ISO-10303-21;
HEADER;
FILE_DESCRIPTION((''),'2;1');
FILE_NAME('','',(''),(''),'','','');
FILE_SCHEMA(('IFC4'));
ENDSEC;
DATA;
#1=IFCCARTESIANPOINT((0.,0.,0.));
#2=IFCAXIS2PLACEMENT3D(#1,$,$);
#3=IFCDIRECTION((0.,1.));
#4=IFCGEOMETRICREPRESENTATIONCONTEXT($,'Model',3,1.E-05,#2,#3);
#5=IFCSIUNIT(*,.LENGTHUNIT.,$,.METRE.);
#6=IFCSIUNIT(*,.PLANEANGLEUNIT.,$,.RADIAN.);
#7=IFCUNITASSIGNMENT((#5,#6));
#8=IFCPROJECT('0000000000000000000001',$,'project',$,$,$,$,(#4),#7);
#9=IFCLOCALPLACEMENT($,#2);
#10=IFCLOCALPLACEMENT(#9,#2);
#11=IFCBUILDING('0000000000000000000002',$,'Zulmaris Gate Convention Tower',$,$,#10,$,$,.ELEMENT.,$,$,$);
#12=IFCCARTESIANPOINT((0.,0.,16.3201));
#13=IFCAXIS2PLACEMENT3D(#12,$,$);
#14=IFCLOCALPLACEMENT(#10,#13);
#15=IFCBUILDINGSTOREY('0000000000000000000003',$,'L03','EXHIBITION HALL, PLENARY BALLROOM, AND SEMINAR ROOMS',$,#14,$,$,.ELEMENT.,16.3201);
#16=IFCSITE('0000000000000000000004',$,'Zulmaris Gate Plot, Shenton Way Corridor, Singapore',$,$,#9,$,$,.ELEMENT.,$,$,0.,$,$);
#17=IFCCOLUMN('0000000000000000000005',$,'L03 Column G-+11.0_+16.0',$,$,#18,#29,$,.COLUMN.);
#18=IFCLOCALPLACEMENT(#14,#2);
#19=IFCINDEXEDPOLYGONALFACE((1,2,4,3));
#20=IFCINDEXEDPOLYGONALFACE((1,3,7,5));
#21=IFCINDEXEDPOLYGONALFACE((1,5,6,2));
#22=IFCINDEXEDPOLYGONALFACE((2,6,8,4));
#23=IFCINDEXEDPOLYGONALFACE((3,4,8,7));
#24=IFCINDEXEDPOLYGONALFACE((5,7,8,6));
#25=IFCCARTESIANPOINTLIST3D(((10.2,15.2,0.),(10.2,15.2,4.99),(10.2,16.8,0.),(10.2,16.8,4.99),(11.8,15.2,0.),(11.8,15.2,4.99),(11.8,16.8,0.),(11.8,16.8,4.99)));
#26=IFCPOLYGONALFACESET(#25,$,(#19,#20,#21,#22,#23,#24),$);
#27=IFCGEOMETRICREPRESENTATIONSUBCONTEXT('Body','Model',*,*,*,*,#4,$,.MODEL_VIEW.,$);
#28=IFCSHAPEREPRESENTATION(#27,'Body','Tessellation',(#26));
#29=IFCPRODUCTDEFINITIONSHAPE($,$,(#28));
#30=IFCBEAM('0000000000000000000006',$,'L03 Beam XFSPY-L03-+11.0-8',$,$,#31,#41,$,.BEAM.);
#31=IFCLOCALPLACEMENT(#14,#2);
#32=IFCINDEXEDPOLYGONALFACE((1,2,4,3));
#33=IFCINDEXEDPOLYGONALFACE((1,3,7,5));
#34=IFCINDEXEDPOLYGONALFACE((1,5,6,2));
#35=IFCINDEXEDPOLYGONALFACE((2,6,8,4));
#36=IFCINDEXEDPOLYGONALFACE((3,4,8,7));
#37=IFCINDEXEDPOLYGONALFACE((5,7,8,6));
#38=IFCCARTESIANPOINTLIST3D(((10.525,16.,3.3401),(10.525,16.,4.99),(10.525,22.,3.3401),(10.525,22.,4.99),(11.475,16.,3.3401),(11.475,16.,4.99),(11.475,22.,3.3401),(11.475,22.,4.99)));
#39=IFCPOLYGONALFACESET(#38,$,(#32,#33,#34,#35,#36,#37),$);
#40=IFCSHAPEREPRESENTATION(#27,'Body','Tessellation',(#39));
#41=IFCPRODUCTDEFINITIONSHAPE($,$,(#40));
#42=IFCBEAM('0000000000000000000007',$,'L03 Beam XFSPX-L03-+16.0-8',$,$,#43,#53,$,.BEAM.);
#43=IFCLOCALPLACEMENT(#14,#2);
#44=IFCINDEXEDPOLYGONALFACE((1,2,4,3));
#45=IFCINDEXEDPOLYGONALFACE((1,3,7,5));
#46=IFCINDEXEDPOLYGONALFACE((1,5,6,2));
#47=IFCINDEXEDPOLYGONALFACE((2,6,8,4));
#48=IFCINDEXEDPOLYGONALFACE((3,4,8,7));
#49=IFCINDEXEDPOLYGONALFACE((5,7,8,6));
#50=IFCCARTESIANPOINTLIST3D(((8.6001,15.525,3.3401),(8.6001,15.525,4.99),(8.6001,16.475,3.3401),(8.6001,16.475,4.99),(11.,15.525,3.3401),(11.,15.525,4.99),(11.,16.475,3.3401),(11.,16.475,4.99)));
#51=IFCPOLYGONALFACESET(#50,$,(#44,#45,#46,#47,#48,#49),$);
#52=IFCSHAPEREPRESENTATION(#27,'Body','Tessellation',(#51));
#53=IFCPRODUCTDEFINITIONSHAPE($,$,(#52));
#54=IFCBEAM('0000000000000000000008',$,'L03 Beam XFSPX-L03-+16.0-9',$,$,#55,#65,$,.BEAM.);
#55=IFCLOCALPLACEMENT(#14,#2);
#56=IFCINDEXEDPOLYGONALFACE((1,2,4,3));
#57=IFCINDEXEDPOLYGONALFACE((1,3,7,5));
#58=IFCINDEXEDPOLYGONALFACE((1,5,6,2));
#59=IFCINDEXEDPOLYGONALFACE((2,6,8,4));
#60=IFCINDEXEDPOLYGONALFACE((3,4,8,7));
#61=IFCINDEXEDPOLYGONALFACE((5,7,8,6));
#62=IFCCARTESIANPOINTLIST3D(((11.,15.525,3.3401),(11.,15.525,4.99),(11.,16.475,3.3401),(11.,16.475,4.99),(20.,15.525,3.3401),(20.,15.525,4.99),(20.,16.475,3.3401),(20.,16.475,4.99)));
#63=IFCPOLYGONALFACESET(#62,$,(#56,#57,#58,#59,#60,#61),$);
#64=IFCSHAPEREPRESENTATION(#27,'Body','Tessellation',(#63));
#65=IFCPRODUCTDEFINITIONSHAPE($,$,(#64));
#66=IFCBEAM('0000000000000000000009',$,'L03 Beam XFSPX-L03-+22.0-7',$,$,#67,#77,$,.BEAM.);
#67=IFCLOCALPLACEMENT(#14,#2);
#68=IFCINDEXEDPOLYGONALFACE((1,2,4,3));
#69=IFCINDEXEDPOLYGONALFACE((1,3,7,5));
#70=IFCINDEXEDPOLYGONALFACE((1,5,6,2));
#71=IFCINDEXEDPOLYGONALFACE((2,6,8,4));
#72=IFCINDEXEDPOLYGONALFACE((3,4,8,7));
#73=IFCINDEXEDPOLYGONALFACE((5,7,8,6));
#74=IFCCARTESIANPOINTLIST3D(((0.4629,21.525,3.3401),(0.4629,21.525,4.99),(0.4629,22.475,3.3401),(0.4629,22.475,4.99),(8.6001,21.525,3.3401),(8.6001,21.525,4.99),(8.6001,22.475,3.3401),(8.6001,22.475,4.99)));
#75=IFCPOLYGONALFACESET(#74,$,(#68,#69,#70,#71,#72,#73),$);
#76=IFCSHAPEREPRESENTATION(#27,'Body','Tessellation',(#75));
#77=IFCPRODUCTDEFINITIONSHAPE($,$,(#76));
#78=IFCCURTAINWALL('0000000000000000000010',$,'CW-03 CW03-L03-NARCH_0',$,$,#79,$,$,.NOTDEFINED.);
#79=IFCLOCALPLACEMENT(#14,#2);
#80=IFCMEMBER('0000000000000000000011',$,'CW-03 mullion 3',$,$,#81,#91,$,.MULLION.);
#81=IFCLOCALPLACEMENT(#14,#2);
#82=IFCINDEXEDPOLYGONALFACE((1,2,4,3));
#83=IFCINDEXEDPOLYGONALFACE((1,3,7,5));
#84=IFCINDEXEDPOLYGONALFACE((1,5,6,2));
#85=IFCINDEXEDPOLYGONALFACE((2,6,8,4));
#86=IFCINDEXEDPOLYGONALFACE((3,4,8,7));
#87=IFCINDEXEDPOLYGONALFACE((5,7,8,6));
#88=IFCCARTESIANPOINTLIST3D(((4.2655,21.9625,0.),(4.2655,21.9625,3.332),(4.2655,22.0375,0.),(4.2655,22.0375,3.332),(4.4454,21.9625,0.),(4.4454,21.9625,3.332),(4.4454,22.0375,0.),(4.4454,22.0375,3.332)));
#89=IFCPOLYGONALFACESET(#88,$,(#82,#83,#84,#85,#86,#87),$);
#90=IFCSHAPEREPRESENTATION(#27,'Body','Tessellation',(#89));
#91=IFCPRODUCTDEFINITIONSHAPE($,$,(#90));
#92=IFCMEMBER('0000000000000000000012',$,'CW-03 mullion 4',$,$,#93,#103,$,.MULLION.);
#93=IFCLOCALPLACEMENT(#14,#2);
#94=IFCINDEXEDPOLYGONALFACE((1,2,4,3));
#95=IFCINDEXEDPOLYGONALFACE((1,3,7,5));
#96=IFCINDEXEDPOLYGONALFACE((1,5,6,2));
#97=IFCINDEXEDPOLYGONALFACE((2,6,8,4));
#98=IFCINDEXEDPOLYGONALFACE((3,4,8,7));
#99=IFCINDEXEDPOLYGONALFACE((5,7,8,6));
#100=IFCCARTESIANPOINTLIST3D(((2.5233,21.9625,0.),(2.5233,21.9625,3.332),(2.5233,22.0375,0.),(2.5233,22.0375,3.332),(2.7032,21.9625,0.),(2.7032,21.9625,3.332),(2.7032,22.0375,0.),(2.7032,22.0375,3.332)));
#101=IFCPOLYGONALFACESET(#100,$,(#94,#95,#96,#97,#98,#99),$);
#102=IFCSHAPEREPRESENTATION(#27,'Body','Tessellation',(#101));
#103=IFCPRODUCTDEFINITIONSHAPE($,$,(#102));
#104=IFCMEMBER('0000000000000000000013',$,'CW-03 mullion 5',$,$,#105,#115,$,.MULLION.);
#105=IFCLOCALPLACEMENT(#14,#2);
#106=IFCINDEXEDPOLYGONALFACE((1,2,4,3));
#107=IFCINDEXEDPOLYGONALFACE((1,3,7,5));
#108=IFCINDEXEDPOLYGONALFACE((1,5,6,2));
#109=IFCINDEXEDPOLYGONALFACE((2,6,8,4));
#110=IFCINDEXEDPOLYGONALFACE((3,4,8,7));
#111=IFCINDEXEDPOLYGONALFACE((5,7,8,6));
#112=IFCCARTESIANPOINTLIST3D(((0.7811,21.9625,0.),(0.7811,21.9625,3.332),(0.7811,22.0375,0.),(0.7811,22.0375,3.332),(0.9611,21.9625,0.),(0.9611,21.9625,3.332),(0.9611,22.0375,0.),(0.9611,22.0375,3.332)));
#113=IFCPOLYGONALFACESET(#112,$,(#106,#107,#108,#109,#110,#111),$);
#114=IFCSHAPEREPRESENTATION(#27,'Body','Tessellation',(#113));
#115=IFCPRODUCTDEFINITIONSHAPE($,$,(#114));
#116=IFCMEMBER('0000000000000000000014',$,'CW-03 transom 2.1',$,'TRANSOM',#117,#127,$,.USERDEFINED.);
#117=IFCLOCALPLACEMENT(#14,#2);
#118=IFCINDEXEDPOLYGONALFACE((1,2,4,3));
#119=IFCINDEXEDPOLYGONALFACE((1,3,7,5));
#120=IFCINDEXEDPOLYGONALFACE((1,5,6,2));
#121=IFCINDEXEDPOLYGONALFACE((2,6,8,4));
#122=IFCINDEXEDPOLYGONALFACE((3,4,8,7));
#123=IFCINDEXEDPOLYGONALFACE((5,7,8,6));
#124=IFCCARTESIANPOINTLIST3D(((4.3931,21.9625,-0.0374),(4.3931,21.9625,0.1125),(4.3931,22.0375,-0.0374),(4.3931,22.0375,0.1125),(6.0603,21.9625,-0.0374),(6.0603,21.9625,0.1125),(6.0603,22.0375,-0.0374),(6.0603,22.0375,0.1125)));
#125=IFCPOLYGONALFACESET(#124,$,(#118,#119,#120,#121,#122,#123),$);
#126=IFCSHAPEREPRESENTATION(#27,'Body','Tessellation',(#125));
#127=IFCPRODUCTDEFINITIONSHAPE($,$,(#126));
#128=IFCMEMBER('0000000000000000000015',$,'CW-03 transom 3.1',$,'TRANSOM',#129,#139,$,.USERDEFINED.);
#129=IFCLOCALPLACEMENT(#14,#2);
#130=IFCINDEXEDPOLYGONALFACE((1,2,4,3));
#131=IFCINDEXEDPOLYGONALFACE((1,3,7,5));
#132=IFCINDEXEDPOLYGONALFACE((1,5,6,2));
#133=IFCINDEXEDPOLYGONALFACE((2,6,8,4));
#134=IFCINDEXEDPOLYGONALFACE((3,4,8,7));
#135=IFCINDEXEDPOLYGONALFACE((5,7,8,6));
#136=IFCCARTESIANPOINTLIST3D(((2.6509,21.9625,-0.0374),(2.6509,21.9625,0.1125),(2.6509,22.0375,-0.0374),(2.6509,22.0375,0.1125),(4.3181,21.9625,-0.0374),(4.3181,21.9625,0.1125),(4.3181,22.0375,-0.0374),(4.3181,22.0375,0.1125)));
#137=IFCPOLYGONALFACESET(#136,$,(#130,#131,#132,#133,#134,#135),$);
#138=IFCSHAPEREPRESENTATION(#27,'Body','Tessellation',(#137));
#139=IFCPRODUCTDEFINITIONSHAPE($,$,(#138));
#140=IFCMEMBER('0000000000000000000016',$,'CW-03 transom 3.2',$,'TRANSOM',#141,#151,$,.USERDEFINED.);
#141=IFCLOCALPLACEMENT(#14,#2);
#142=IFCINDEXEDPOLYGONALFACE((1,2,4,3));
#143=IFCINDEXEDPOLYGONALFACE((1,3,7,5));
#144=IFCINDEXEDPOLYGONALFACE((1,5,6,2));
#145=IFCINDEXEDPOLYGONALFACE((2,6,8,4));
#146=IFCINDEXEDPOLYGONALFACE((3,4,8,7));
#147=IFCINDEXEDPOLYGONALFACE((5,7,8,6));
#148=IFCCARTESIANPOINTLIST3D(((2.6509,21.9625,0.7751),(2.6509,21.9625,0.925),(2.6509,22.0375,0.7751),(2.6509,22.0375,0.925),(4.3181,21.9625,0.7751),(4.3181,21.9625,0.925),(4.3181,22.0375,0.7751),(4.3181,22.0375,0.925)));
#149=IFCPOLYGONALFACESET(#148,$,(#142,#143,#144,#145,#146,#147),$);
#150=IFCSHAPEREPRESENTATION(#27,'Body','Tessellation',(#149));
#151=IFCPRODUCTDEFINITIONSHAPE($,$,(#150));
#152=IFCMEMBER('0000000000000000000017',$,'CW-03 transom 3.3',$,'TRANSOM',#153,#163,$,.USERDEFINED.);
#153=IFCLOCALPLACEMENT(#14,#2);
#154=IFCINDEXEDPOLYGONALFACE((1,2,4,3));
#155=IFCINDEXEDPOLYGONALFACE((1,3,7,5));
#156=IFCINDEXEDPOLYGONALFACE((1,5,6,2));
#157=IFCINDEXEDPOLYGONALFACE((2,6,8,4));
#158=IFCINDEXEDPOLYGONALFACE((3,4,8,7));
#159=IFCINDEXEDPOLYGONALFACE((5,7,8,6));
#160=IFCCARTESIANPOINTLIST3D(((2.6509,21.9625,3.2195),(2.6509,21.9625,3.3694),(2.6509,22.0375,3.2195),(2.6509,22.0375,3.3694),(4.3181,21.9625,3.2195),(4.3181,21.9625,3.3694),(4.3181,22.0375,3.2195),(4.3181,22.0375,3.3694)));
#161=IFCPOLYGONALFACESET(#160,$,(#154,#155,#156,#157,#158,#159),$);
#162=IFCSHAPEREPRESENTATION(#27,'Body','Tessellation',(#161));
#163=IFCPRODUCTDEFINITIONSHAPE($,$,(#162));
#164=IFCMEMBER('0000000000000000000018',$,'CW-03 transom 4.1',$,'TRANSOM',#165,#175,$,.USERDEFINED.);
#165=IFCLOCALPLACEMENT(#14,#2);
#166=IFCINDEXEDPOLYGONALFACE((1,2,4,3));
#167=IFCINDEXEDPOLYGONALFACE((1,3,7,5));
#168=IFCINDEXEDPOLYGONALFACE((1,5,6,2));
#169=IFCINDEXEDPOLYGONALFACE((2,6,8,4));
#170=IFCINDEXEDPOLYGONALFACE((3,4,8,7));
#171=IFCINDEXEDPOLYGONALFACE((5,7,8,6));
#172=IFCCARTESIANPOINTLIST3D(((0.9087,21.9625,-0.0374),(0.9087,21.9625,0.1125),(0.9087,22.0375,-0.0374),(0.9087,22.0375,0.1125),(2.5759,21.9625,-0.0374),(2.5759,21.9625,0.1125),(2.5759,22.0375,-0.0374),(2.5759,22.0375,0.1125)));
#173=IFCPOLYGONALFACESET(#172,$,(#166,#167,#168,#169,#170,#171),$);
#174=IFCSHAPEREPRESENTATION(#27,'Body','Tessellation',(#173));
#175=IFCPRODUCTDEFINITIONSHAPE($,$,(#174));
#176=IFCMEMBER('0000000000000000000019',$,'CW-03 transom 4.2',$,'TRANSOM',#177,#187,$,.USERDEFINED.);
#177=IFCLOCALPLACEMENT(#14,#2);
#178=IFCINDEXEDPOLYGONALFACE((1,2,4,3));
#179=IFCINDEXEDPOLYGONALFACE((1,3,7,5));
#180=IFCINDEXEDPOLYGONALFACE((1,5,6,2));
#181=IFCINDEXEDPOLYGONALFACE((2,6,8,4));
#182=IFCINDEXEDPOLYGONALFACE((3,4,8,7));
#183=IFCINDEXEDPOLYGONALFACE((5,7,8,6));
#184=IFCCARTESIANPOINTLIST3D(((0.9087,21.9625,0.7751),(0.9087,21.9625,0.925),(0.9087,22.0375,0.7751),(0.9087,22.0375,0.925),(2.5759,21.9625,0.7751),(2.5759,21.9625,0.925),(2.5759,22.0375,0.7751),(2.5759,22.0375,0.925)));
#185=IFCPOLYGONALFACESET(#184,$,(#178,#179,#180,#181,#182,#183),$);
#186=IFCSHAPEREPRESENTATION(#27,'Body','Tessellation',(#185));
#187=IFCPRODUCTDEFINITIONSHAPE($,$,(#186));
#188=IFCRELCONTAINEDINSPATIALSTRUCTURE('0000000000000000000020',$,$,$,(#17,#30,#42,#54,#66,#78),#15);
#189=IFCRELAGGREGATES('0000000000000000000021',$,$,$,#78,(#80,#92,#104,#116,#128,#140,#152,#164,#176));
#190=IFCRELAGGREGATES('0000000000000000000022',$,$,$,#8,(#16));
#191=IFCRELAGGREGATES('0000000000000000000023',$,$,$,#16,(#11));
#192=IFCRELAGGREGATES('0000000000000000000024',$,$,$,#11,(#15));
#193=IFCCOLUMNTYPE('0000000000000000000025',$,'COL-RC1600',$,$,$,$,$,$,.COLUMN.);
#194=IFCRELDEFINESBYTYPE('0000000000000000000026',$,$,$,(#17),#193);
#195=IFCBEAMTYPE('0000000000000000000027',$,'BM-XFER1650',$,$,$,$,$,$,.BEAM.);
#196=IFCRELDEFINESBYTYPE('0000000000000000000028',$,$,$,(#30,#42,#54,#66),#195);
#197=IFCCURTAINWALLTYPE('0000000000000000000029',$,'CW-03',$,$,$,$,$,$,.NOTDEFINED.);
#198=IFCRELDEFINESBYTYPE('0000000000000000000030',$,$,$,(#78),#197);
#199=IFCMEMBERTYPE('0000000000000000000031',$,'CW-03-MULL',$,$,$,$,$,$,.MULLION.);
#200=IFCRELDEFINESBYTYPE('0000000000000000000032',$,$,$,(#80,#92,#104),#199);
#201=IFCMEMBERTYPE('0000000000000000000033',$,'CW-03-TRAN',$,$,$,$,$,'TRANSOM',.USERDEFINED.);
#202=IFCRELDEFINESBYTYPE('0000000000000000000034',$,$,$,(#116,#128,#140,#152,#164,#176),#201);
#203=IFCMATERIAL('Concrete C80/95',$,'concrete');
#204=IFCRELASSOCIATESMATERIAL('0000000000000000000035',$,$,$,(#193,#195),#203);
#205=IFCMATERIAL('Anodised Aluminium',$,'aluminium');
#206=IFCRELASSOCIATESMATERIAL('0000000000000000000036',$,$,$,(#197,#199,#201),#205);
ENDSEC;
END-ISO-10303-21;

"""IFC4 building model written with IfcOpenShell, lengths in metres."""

from ifc_helpers import new_model, si_unit, direction, frame, origin, origin_2d, place, context, subcontext, project, spatial, rectangle, extrude, material, material_profile, profile_set, type_object, element, aggregate, save


model = new_model("IFC4")

# Units and contexts
model_context = context("Model", 3, precision=1e-05, world=origin(), true_north=direction((0.0, 1.0)))
body_context = subcontext(model_context, "Body", "Model", "MODEL_VIEW")
ifc_project = project(units=[si_unit("LENGTHUNIT", "METRE"), si_unit("PLANEANGLEUNIT", "RADIAN")], contexts=[model_context])

# Site, building, storey
site_placement = place(None, origin())
site = spatial("IfcSite", under=ifc_project, at=site_placement, Name="Zulmaris Gate Plot, Shenton Way Corridor, Singapore", CompositionType="ELEMENT", RefElevation=0.0)
building_placement = place(site_placement, origin())
building = spatial("IfcBuilding", under=site, at=building_placement, Name="Zulmaris Gate Convention Tower", CompositionType="ELEMENT")
storey_placement = place(building_placement, frame((0.0, 0.0, 16.3201)))
storey = spatial("IfcBuildingStorey", under=building, at=storey_placement, Name="L03", Description="EXHIBITION HALL, PLENARY BALLROOM, AND SEMINAR ROOMS", CompositionType="ELEMENT", Elevation=16.3201)

# Column
ifc_material_1 = material(Name="Concrete C80/95", Category="concrete")
ifc_material_profile_1 = material_profile(ifc_material_1, rectangle(XDim=1.6001, YDim=1.6001, at=origin_2d()), Name="RC COL 1600x1600")
ifc_profile_set_1 = profile_set([ifc_material_profile_1], Name="Concrete C80/95")
column_type = type_object("IfcColumnType", Name="COL-RC1600", PredefinedType="COLUMN", material=ifc_profile_set_1)
column_placement = place(storey_placement, frame((11.0, 16.0, 0.0), z_axis=(0.0, 0.0, 1.0), x_axis=(1.0, 0.0, 0.0)))
element("IfcColumn", 1, at=column_placement, inside=storey, type_object=column_type, Name="L03 Column G-+11.0_+16.0", PredefinedType="COLUMN", context=body_context, shape_type="SweptSolid", body=[
    extrude(rectangle(XDim=1.6001, YDim=1.6001, at=origin_2d()), origin(), (0.0, 0.0, 1.0), 4.99),
])

# Beams
ifc_material_profile_2 = material_profile(ifc_material_1, rectangle(XDim=0.95, YDim=1.6499, at=origin_2d()), Name="RC TRANSFER 950x1650")
ifc_profile_set_2 = profile_set([ifc_material_profile_2], Name="Concrete C80/95")
beam_type = type_object("IfcBeamType", Name="BM-XFER1650", PredefinedType="BEAM", material=ifc_profile_set_2)
beam_1_placement = place(storey_placement, frame((11.0, 16.0, 4.165), z_axis=(0.0, 1.0, 0.0), x_axis=(-1.0, 0.0, 0.0)))
element("IfcBeam", 2, at=beam_1_placement, inside=storey, type_object=beam_type, Name="L03 Beam XFSPY-L03-+11.0-8", PredefinedType="BEAM", context=body_context, shape_type="SweptSolid", body=[
    extrude(rectangle(XDim=0.95, YDim=1.6499, at=origin_2d()), origin(), (0.0, 0.0, 1.0), 6.0),
])
beam_2_placement = place(storey_placement, frame((8.6001, 16.0, 4.165), z_axis=(1.0, 0.0, 0.0), x_axis=(0.0, 1.0, 0.0)))
element("IfcBeam", 3, at=beam_2_placement, inside=storey, type_object=beam_type, Name="L03 Beam XFSPX-L03-+16.0-8", PredefinedType="BEAM", context=body_context, shape_type="SweptSolid", body=[
    extrude(rectangle(XDim=0.95, YDim=1.6499, at=origin_2d()), origin(), (0.0, 0.0, 1.0), 2.3999),
])
beam_3_placement = place(storey_placement, frame((11.0, 16.0, 4.165), z_axis=(1.0, 0.0, 0.0), x_axis=(0.0, 1.0, 0.0)))
element("IfcBeam", 4, at=beam_3_placement, inside=storey, type_object=beam_type, Name="L03 Beam XFSPX-L03-+16.0-9", PredefinedType="BEAM", context=body_context, shape_type="SweptSolid", body=[
    extrude(rectangle(XDim=0.95, YDim=1.6499, at=origin_2d()), origin(), (0.0, 0.0, 1.0), 9.0),
])
beam_4_placement = place(storey_placement, frame((0.4629, 22.0, 4.165), z_axis=(1.0, 0.0, 0.0), x_axis=(0.0, 1.0, 0.0)))
element("IfcBeam", 5, at=beam_4_placement, inside=storey, type_object=beam_type, Name="L03 Beam XFSPX-L03-+22.0-7", PredefinedType="BEAM", context=body_context, shape_type="SweptSolid", body=[
    extrude(rectangle(XDim=0.95, YDim=1.6499, at=origin_2d()), origin(), (0.0, 0.0, 1.0), 8.1372),
])

# Curtain wall, members
ifc_material_2 = material(Name="Anodised Aluminium", Category="aluminium")
curtain_wall_type = type_object("IfcCurtainWallType", Name="CW-03", PredefinedType="NOTDEFINED", material=ifc_material_2)
curtain_wall_placement = place(storey_placement, origin())
curtain_wall = element("IfcCurtainWall", 6, at=curtain_wall_placement, inside=storey, type_object=curtain_wall_type, Name="CW-03 CW03-L03-NARCH_0", PredefinedType="NOTDEFINED")
ifc_material_profile_3 = material_profile(ifc_material_2, rectangle(XDim=0.075, YDim=0.1799, at=origin_2d()), Name="ALU MULLION 75x180")
ifc_profile_set_3 = profile_set([ifc_material_profile_3], Name="Anodised Aluminium")
member_type_1 = type_object("IfcMemberType", Name="CW-03-MULL", PredefinedType="MULLION", material=ifc_profile_set_3)
member_1_placement = place(storey_placement, frame((4.3555, 22.0, 0.0), z_axis=(0.0, 0.0, 1.0), x_axis=(0.0, -1.0, 0.0)))
member_1 = element("IfcMember", 7, at=member_1_placement, type_object=member_type_1, Name="CW-03 mullion 3", PredefinedType="MULLION", context=body_context, shape_type="SweptSolid", body=[
    extrude(rectangle(XDim=0.075, YDim=0.1799, at=origin_2d()), origin(), (0.0, 0.0, 1.0), 3.332),
])
member_2_placement = place(storey_placement, frame((2.6133, 22.0, 0.0), z_axis=(0.0, 0.0, 1.0), x_axis=(0.0, -1.0, 0.0)))
member_2 = element("IfcMember", 8, at=member_2_placement, type_object=member_type_1, Name="CW-03 mullion 4", PredefinedType="MULLION", context=body_context, shape_type="SweptSolid", body=[
    extrude(rectangle(XDim=0.075, YDim=0.1799, at=origin_2d()), origin(), (0.0, 0.0, 1.0), 3.332),
])
member_3_placement = place(storey_placement, frame((0.8711, 22.0, 0.0), z_axis=(0.0, 0.0, 1.0), x_axis=(0.0, -1.0, 0.0)))
member_3 = element("IfcMember", 9, at=member_3_placement, type_object=member_type_1, Name="CW-03 mullion 5", PredefinedType="MULLION", context=body_context, shape_type="SweptSolid", body=[
    extrude(rectangle(XDim=0.075, YDim=0.1799, at=origin_2d()), origin(), (0.0, 0.0, 1.0), 3.332),
])
ifc_material_profile_4 = material_profile(ifc_material_2, rectangle(XDim=0.075, YDim=0.1499, at=origin_2d()), Name="ALU TRANSOM 75x150")
ifc_profile_set_4 = profile_set([ifc_material_profile_4], Name="Anodised Aluminium")
member_type_2 = type_object("IfcMemberType", Name="CW-03-TRAN", ElementType="TRANSOM", PredefinedType="USERDEFINED", material=ifc_profile_set_4)
member_4_placement = place(storey_placement, frame((6.0603, 22.0, 0.0376), z_axis=(-1.0, 0.0, 0.0), x_axis=(0.0, -1.0, 0.0)))
member_4 = element("IfcMember", 10, at=member_4_placement, type_object=member_type_2, Name="CW-03 transom 2.1", ObjectType="TRANSOM", PredefinedType="USERDEFINED", context=body_context, shape_type="SweptSolid", body=[
    extrude(rectangle(XDim=0.075, YDim=0.1499, at=origin_2d()), origin(), (0.0, 0.0, 1.0), 1.6672),
])
member_5_placement = place(storey_placement, frame((4.3181, 22.0, 0.0376), z_axis=(-1.0, 0.0, 0.0), x_axis=(0.0, -1.0, 0.0)))
member_5 = element("IfcMember", 11, at=member_5_placement, type_object=member_type_2, Name="CW-03 transom 3.1", ObjectType="TRANSOM", PredefinedType="USERDEFINED", context=body_context, shape_type="SweptSolid", body=[
    extrude(rectangle(XDim=0.075, YDim=0.1499, at=origin_2d()), origin(), (0.0, 0.0, 1.0), 1.6672),
])
member_6_placement = place(storey_placement, frame((4.3181, 22.0, 0.8501), z_axis=(-1.0, 0.0, 0.0), x_axis=(0.0, -1.0, 0.0)))
member_6 = element("IfcMember", 12, at=member_6_placement, type_object=member_type_2, Name="CW-03 transom 3.2", ObjectType="TRANSOM", PredefinedType="USERDEFINED", context=body_context, shape_type="SweptSolid", body=[
    extrude(rectangle(XDim=0.075, YDim=0.1499, at=origin_2d()), origin(), (0.0, 0.0, 1.0), 1.6672),
])
member_7_placement = place(storey_placement, frame((4.3181, 22.0, 3.2944), z_axis=(-1.0, 0.0, 0.0), x_axis=(0.0, -1.0, 0.0)))
member_7 = element("IfcMember", 13, at=member_7_placement, type_object=member_type_2, Name="CW-03 transom 3.3", ObjectType="TRANSOM", PredefinedType="USERDEFINED", context=body_context, shape_type="SweptSolid", body=[
    extrude(rectangle(XDim=0.075, YDim=0.1499, at=origin_2d()), origin(), (0.0, 0.0, 1.0), 1.6672),
])
member_8_placement = place(storey_placement, frame((2.5759, 22.0, 0.0376), z_axis=(-1.0, 0.0, 0.0), x_axis=(0.0, -1.0, 0.0)))
member_8 = element("IfcMember", 14, at=member_8_placement, type_object=member_type_2, Name="CW-03 transom 4.1", ObjectType="TRANSOM", PredefinedType="USERDEFINED", context=body_context, shape_type="SweptSolid", body=[
    extrude(rectangle(XDim=0.075, YDim=0.1499, at=origin_2d()), origin(), (0.0, 0.0, 1.0), 1.6672),
])
member_9_placement = place(storey_placement, frame((2.5759, 22.0, 0.8501), z_axis=(-1.0, 0.0, 0.0), x_axis=(0.0, -1.0, 0.0)))
member_9 = element("IfcMember", 15, at=member_9_placement, type_object=member_type_2, Name="CW-03 transom 4.2", ObjectType="TRANSOM", PredefinedType="USERDEFINED", context=body_context, shape_type="SweptSolid", body=[
    extrude(rectangle(XDim=0.075, YDim=0.1499, at=origin_2d()), origin(), (0.0, 0.0, 1.0), 1.6672),
])
aggregate(curtain_wall, [member_1, member_2, member_3, member_4, member_5, member_6, member_7, member_8, member_9])

save(model, "model.ifc")
